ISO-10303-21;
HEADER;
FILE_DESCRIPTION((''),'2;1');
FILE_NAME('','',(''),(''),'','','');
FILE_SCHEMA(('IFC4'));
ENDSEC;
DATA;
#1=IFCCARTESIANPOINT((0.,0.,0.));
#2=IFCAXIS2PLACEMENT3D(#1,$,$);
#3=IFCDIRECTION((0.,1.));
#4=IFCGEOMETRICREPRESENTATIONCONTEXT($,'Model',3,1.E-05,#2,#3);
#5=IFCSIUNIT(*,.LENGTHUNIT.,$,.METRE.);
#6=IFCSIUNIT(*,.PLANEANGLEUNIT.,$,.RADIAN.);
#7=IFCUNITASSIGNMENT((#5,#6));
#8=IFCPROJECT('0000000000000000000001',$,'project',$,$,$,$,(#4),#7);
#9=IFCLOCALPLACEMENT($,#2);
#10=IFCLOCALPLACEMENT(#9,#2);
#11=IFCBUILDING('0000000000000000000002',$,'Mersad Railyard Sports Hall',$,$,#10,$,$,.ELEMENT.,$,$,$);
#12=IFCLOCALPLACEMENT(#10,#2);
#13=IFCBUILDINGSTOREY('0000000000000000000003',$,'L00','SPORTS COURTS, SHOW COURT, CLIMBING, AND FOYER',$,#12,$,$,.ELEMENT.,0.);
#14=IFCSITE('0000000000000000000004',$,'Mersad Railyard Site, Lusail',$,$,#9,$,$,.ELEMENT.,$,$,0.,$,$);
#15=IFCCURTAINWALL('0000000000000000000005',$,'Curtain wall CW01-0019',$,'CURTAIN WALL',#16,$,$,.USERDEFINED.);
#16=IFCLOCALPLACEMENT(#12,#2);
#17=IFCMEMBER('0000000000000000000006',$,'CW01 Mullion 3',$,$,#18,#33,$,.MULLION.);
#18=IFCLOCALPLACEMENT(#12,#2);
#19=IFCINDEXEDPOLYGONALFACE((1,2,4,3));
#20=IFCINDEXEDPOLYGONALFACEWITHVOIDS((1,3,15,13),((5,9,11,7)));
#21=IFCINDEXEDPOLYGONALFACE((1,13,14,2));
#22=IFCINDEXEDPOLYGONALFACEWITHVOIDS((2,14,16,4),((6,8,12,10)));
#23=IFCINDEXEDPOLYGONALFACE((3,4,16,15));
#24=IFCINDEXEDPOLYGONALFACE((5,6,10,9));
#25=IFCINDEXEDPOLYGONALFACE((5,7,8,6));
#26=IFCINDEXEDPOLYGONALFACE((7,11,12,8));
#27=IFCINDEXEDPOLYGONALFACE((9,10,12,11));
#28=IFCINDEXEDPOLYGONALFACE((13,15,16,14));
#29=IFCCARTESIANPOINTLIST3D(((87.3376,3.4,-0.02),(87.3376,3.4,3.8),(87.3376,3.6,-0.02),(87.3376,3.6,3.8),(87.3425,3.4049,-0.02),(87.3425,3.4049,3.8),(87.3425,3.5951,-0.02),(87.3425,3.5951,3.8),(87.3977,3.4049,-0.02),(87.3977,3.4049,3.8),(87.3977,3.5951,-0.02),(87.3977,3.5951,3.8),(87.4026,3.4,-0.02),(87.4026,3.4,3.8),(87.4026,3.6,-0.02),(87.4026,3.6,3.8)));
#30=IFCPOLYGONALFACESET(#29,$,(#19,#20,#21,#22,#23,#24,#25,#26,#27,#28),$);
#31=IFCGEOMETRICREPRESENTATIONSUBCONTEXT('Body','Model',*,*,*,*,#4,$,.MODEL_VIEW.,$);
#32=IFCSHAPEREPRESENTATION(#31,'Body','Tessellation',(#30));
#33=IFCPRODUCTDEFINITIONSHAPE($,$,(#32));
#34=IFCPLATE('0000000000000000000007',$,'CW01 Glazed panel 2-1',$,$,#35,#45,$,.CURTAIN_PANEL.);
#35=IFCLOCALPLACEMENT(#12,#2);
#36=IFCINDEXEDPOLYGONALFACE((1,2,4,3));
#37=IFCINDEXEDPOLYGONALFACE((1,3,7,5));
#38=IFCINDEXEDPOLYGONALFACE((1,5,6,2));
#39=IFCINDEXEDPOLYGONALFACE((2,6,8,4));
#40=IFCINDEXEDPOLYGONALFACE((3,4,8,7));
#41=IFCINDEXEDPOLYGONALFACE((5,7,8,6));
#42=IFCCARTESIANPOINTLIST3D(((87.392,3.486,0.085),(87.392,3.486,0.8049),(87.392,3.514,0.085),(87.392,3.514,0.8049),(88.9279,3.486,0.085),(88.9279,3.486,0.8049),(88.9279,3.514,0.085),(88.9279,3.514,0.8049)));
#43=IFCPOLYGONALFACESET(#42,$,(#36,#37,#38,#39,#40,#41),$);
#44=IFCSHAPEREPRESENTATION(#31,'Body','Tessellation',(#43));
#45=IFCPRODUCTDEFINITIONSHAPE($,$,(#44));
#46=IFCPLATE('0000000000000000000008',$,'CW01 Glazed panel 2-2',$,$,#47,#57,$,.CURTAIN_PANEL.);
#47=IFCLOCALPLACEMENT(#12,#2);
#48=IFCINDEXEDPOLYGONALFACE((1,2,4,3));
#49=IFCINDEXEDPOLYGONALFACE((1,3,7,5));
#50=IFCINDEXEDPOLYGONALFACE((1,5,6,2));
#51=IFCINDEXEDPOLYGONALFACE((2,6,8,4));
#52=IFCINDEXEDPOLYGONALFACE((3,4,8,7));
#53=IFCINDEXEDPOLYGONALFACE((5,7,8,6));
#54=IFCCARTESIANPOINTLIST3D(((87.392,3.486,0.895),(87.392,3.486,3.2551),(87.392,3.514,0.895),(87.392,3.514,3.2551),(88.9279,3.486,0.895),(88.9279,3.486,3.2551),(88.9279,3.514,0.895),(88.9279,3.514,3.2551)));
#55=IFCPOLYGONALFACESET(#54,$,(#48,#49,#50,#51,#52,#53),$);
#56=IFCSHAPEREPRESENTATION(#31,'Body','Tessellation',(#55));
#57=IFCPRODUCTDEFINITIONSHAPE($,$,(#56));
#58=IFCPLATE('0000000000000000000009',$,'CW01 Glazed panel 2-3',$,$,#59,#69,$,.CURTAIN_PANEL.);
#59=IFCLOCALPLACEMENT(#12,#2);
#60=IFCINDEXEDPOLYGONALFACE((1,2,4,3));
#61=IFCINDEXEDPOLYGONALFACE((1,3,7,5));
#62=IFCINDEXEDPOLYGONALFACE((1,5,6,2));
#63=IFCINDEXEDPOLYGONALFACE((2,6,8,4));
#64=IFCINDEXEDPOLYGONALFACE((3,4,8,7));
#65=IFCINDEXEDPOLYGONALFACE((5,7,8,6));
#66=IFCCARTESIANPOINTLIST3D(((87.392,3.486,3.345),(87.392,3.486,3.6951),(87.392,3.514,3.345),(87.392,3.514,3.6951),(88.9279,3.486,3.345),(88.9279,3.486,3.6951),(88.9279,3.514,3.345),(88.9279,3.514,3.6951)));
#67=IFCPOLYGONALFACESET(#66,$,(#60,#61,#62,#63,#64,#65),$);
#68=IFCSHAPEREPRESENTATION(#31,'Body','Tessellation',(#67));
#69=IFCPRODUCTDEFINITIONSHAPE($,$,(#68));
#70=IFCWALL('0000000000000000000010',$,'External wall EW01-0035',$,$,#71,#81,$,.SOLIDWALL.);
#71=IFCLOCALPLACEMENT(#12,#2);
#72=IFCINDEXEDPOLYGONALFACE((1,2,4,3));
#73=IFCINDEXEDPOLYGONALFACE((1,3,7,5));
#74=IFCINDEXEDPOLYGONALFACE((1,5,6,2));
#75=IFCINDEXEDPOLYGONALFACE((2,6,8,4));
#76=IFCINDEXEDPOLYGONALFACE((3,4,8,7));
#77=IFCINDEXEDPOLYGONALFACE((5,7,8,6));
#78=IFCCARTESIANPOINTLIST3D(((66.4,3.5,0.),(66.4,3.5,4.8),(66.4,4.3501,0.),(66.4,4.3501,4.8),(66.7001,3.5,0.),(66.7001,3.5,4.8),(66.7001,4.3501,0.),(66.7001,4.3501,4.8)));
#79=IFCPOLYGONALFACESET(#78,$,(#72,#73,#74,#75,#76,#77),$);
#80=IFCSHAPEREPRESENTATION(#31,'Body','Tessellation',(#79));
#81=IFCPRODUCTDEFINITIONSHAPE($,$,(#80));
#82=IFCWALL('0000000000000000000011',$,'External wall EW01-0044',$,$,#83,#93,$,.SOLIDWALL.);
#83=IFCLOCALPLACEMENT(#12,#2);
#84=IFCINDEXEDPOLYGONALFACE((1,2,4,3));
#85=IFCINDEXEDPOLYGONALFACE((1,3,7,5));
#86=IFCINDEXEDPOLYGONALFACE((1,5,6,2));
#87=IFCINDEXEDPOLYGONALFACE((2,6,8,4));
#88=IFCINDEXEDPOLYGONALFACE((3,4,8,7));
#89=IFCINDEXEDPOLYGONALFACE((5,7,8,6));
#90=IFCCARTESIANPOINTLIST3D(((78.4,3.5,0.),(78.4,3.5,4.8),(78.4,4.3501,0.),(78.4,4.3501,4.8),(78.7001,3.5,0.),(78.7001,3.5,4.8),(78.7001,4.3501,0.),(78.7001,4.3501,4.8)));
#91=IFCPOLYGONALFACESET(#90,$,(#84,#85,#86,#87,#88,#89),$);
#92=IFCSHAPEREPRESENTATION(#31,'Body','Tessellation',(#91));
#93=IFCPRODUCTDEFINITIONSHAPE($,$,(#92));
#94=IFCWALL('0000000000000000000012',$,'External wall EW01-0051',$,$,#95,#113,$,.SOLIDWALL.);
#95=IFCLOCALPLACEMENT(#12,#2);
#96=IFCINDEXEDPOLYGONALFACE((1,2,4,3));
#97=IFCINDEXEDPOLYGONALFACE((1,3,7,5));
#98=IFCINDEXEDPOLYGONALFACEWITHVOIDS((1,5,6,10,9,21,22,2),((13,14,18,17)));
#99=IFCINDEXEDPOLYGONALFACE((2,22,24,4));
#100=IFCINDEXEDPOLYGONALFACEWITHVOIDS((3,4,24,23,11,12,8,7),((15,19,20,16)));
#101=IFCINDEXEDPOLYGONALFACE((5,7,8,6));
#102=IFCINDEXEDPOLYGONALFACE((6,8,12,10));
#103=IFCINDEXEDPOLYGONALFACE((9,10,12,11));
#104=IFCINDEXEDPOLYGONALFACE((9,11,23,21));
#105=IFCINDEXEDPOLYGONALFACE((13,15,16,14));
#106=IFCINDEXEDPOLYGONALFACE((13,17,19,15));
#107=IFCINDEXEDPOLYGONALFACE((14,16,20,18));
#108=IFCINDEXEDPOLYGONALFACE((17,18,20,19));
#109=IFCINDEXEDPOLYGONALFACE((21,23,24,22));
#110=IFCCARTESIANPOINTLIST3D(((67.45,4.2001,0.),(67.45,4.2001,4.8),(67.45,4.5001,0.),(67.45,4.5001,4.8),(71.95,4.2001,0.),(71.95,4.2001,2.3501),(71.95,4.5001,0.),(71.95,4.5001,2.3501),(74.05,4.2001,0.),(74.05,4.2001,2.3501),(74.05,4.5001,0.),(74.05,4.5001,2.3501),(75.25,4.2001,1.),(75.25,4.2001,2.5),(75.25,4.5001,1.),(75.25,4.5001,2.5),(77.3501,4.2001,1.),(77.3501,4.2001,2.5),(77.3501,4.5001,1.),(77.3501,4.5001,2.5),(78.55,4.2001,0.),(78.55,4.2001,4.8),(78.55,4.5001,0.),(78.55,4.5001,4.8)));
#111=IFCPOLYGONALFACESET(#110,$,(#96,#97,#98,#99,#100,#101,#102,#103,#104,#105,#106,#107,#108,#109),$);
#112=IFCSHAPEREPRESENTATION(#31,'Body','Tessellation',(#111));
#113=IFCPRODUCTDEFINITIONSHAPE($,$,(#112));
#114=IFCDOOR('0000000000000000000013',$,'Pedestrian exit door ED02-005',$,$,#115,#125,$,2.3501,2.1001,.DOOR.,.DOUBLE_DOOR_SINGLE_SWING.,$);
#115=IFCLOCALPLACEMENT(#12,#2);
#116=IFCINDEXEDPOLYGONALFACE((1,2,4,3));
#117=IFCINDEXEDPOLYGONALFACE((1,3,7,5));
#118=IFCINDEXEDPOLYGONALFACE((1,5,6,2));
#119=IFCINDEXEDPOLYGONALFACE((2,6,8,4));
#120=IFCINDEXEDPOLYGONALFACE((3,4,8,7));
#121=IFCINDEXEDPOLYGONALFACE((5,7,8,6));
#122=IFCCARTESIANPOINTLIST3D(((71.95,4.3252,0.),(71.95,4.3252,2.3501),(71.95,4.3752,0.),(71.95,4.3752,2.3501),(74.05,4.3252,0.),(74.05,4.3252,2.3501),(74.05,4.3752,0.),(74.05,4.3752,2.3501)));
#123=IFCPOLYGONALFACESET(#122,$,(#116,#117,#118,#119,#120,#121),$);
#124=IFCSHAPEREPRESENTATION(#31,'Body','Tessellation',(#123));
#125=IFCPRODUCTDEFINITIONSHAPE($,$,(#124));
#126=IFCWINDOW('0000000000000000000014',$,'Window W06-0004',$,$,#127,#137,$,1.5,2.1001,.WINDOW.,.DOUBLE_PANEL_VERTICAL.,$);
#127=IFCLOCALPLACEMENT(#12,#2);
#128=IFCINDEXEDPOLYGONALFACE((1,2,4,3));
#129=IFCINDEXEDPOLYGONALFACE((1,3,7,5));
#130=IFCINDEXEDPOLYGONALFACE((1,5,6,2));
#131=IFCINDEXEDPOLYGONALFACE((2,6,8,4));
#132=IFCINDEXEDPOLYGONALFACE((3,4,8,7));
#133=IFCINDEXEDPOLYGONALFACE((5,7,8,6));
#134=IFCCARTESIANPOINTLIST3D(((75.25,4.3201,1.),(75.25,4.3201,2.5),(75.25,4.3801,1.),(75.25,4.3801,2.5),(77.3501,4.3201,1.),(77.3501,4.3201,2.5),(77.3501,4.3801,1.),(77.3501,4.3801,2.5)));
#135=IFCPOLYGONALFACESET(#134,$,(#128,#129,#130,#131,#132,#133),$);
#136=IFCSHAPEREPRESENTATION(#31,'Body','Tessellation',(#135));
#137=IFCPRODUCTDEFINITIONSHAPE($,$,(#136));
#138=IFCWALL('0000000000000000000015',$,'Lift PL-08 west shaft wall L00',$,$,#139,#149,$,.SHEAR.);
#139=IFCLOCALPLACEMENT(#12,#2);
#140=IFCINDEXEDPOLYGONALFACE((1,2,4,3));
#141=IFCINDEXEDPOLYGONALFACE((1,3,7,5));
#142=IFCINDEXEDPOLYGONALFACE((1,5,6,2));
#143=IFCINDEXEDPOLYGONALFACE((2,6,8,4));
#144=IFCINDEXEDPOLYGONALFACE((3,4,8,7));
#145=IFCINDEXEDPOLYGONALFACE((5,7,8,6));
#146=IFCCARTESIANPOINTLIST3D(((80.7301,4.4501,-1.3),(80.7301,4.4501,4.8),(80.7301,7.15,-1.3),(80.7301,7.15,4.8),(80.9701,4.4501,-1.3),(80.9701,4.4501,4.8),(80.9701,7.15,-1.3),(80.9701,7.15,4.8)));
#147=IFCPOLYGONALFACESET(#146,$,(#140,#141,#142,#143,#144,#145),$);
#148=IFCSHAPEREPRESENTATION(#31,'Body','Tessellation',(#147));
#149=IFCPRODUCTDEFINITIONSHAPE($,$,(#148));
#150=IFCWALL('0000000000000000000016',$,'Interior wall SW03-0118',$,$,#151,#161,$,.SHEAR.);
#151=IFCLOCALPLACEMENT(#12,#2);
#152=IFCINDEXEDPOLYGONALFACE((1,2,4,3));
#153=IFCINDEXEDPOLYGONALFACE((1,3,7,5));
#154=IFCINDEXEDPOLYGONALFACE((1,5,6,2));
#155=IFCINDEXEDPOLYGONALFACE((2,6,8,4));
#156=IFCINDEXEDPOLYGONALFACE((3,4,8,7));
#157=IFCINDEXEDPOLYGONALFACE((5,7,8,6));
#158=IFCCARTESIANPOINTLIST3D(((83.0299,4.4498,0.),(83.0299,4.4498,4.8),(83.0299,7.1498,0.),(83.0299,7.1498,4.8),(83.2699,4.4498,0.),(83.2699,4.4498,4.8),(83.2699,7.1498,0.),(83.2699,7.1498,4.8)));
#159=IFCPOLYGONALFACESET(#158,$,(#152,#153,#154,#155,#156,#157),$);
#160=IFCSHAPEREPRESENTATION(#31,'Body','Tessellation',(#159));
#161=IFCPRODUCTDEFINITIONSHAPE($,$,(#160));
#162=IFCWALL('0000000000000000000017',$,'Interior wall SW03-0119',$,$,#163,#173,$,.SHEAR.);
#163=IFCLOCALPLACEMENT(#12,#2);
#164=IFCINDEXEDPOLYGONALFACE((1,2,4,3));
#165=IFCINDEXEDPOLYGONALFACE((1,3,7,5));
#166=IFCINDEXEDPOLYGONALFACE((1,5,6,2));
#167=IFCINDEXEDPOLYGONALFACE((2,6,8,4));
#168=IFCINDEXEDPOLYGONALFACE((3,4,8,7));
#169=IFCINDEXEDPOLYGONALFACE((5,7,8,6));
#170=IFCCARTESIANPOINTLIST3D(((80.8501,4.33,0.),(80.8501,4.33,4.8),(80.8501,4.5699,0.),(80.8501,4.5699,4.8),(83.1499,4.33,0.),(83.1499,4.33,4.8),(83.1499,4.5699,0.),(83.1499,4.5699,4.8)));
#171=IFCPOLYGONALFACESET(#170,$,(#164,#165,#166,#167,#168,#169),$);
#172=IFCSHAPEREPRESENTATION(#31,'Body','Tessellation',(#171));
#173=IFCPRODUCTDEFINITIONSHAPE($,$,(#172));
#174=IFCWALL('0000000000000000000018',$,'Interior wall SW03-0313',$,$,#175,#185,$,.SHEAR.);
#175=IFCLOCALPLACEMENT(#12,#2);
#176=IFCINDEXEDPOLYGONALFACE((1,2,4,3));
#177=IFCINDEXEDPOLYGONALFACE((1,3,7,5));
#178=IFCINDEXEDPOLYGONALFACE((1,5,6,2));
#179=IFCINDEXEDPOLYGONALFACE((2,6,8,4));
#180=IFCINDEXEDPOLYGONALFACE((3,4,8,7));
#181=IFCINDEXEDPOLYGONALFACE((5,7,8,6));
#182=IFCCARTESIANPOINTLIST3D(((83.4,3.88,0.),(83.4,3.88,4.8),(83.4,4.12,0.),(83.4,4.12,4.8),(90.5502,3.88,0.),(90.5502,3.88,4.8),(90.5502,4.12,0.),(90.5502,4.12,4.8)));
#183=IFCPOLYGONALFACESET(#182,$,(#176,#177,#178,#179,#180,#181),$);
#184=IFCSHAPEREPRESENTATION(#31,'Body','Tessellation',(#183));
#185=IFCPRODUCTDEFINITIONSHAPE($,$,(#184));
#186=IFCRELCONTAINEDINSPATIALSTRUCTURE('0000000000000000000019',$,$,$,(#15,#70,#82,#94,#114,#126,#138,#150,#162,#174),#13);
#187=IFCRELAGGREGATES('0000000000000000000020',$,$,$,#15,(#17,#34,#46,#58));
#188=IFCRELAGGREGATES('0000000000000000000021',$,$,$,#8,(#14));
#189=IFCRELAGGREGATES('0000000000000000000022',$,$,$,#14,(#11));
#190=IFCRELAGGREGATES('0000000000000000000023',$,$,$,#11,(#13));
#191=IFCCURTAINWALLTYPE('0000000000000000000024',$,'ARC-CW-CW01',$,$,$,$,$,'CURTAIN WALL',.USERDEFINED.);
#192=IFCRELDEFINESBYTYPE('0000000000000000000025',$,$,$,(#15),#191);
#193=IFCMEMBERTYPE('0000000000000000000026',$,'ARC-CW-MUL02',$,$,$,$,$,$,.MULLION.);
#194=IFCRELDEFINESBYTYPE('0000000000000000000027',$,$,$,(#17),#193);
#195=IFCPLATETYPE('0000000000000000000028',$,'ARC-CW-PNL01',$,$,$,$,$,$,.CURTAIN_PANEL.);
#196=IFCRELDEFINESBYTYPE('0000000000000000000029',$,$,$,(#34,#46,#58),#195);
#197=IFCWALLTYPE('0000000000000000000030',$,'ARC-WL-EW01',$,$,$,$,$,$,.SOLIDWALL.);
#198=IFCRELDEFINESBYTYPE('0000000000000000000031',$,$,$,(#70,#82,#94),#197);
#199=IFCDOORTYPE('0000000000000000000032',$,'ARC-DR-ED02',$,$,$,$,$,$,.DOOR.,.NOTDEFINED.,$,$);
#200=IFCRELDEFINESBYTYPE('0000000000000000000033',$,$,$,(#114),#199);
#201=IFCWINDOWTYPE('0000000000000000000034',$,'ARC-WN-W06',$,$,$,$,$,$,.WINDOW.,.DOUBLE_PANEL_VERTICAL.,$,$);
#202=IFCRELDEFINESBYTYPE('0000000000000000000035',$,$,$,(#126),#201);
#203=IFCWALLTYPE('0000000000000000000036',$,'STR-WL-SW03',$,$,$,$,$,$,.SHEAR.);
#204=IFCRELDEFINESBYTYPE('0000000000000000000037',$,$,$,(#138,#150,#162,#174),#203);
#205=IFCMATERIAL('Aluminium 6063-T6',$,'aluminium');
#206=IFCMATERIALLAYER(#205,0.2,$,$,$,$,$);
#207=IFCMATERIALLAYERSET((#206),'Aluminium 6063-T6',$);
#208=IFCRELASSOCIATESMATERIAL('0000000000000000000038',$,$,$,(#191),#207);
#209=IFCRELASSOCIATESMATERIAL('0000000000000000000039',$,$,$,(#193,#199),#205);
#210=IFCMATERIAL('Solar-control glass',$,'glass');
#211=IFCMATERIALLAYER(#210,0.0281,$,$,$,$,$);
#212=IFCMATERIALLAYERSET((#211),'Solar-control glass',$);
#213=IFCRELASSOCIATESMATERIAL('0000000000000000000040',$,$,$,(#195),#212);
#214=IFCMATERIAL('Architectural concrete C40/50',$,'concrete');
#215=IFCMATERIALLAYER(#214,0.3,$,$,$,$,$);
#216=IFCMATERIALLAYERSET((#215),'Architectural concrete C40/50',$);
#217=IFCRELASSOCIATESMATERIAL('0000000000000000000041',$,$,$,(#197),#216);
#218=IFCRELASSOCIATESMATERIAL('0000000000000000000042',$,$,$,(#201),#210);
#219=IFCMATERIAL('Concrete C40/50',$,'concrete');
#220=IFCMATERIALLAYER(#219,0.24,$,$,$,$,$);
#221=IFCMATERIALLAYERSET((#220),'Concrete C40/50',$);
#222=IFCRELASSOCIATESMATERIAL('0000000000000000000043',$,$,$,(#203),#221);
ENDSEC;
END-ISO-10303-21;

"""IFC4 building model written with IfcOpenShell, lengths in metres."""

from ifc_helpers import new_model, si_unit, direction, frame, frame_2d, origin, origin_2d, place, context, subcontext, project, spatial, rectangle, hollow_rectangle, extrude, material, layer, layer_set, material_profile, profile_set, type_object, element, fill, aggregate, save


model = new_model("IFC4")

# Units and contexts
model_context = context("Model", 3, precision=1e-05, world=origin(), true_north=direction((0.0, 1.0)))
body_context = subcontext(model_context, "Body", "Model", "MODEL_VIEW")
ifc_project = project(units=[si_unit("LENGTHUNIT", "METRE"), si_unit("PLANEANGLEUNIT", "RADIAN")], contexts=[model_context])

# Site, building, storey
site_placement = place(None, origin())
site = spatial("IfcSite", under=ifc_project, at=site_placement, Name="Mersad Railyard Site, Lusail", CompositionType="ELEMENT", RefElevation=0.0)
building_placement = place(site_placement, origin())
building = spatial("IfcBuilding", under=site, at=building_placement, Name="Mersad Railyard Sports Hall", CompositionType="ELEMENT")
storey_placement = place(building_placement, origin())
storey = spatial("IfcBuildingStorey", under=building, at=storey_placement, Name="L00", Description="SPORTS COURTS, SHOW COURT, CLIMBING, AND FOYER", CompositionType="ELEMENT", Elevation=0.0)

# Curtain wall, member, plates
ifc_material_1 = material(Name="Aluminium 6063-T6", Category="aluminium")
ifc_layer_1 = layer(ifc_material_1, 0.2)
ifc_layer_set_1 = layer_set([ifc_layer_1], Name="Aluminium 6063-T6")
curtain_wall_type = type_object("IfcCurtainWallType", Name="ARC-CW-CW01", ElementType="CURTAIN WALL", PredefinedType="USERDEFINED", material=ifc_layer_set_1)
curtain_wall_placement = place(storey_placement, origin())
curtain_wall = element("IfcCurtainWall", 1, at=curtain_wall_placement, inside=storey, type_object=curtain_wall_type, Name="Curtain wall CW01-0019", ObjectType="CURTAIN WALL", PredefinedType="USERDEFINED")
ifc_material_profile = material_profile(ifc_material_1, hollow_rectangle(XDim=0.0649, YDim=0.2, WallThickness=0.0049, at=origin_2d()), Name="AL MULLION 65x200x5")
ifc_profile_set = profile_set([ifc_material_profile], Name="Aluminium 6063-T6")
member_type = type_object("IfcMemberType", Name="ARC-CW-MUL02", PredefinedType="MULLION", material=ifc_profile_set)
member_placement = place(storey_placement, frame((87.3701, 3.5, -0.02), z_axis=(0.0, 0.0, 1.0), x_axis=(1.0, 0.0, 0.0)))
member = element("IfcMember", 2, at=member_placement, type_object=member_type, Name="CW01 Mullion 3", PredefinedType="MULLION", context=body_context, shape_type="SweptSolid", body=[
    extrude(hollow_rectangle(XDim=0.0649, YDim=0.2, WallThickness=0.0049, at=origin_2d()), origin(), (0.0, 0.0, 1.0), 3.8201),
])
ifc_material_2 = material(Name="Solar-control glass", Category="glass")
ifc_layer_2 = layer(ifc_material_2, 0.0281)
ifc_layer_set_2 = layer_set([ifc_layer_2], Name="Solar-control glass")
plate_type = type_object("IfcPlateType", Name="ARC-CW-PNL01", PredefinedType="CURTAIN_PANEL", material=ifc_layer_set_2)
plate_1_placement = place(storey_placement, frame((88.1599, 3.5, 0.085), z_axis=(0.0, 0.0, 1.0), x_axis=(-1.0, 0.0, 0.0)))
plate_1 = element("IfcPlate", 3, at=plate_1_placement, type_object=plate_type, Name="CW01 Glazed panel 2-1", PredefinedType="CURTAIN_PANEL", context=body_context, shape_type="SweptSolid", body=[
    extrude(rectangle(XDim=1.5359, YDim=0.0281, at=origin_2d()), origin(), (0.0, 0.0, 1.0), 0.72),
])
plate_2_placement = place(storey_placement, frame((88.1599, 3.5, 0.895), z_axis=(0.0, 0.0, 1.0), x_axis=(-1.0, 0.0, 0.0)))
plate_2 = element("IfcPlate", 4, at=plate_2_placement, type_object=plate_type, Name="CW01 Glazed panel 2-2", PredefinedType="CURTAIN_PANEL", context=body_context, shape_type="SweptSolid", body=[
    extrude(rectangle(XDim=1.5359, YDim=0.0281, at=origin_2d()), origin(), (0.0, 0.0, 1.0), 2.3601),
])
plate_3_placement = place(storey_placement, frame((88.1599, 3.5, 3.345), z_axis=(0.0, 0.0, 1.0), x_axis=(-1.0, 0.0, 0.0)))
plate_3 = element("IfcPlate", 5, at=plate_3_placement, type_object=plate_type, Name="CW01 Glazed panel 2-3", PredefinedType="CURTAIN_PANEL", context=body_context, shape_type="SweptSolid", body=[
    extrude(rectangle(XDim=1.5359, YDim=0.0281, at=origin_2d()), origin(), (0.0, 0.0, 1.0), 0.3501),
])
aggregate(curtain_wall, [member, plate_1, plate_2, plate_3])

# Walls
ifc_material_3 = material(Name="Architectural concrete C40/50", Category="concrete")
ifc_layer_3 = layer(ifc_material_3, 0.3)
ifc_layer_set_3 = layer_set([ifc_layer_3], Name="Architectural concrete C40/50")
wall_type_1 = type_object("IfcWallType", Name="ARC-WL-EW01", PredefinedType="SOLIDWALL", material=ifc_layer_set_3)
for number, where, z_axis, x_axis, name in (
    (6, (66.55, 4.3501, 0.0), (0.0, 0.0, 1.0), (0.0, -1.0, 0.0), "External wall EW01-0035"),
    (7, (78.55, 4.3501, 0.0), (0.0, 0.0, 1.0), (0.0, -1.0, 0.0), "External wall EW01-0044"),
):
    element("IfcWall", number, at=place(storey_placement, frame(where, z_axis=z_axis, x_axis=x_axis)), inside=storey, type_object=wall_type_1, Name=name, PredefinedType="SOLIDWALL", context=body_context, shape_type="SweptSolid", body=[
        extrude(rectangle(XDim=0.8501, YDim=0.3, at=frame_2d((0.425, 0.0))), origin(), (0.0, 0.0, 1.0), 4.8),
    ])

# Wall, openings, door, window
wall_1_placement = place(storey_placement, frame((78.55, 4.3501, 0.0), z_axis=(0.0, 0.0, 1.0), x_axis=(-1.0, 0.0, 0.0)))
wall_1 = element("IfcWall", 8, at=wall_1_placement, inside=storey, type_object=wall_type_1, Name="External wall EW01-0051", PredefinedType="SOLIDWALL", context=body_context, shape_type="SweptSolid", body=[
    extrude(rectangle(XDim=11.1001, YDim=0.3, at=frame_2d((5.55, 0.0))), origin(), (0.0, 0.0, 1.0), 4.8),
])
opening_1_placement = place(wall_1_placement, frame((4.5, 0.0, 0.0)))
opening_1 = element("IfcOpeningElement", 9, at=opening_1_placement, cuts=wall_1, PredefinedType="OPENING", context=body_context, shape_type="SweptSolid", body=[
    extrude(rectangle(XDim=2.1001, YDim=2.3501, at=frame_2d((1.05, 1.175))), frame((0.0, 0.1599, 0.0), z_axis=(0.0, -1.0, 0.0), x_axis=(1.0, 0.0, 0.0)), (0.0, 0.0, 1.0), 0.3201),
])
opening_2_placement = place(wall_1_placement, frame((1.2, 0.0, 1.0)))
opening_2 = element("IfcOpeningElement", 10, at=opening_2_placement, cuts=wall_1, PredefinedType="OPENING", context=body_context, shape_type="SweptSolid", body=[
    extrude(rectangle(XDim=2.1001, YDim=1.5, at=frame_2d((1.05, 0.75))), frame((0.0, 0.1599, 0.0), z_axis=(0.0, -1.0, 0.0), x_axis=(1.0, 0.0, 0.0)), (0.0, 0.0, 1.0), 0.3201),
])
door_type_1 = type_object("IfcDoorType", Name="ARC-DR-ED02", OperationType="NOTDEFINED", PredefinedType="DOOR", material=ifc_material_1)
door_1_placement = place(opening_1_placement, origin())
door_1 = element("IfcDoor", 11, at=door_1_placement, inside=storey, type_object=door_type_1, Name="Pedestrian exit door ED02-005", OperationType="DOUBLE_DOOR_SINGLE_SWING", OverallHeight=2.3501, OverallWidth=2.1001, PredefinedType="DOOR", context=body_context, shape_type="SweptSolid", body=[
    extrude(rectangle(XDim=2.1001, YDim=2.3501, at=frame_2d((1.05, 1.175))), frame((0.0, 0.0249, 0.0), z_axis=(0.0, -1.0, 0.0), x_axis=(1.0, 0.0, 0.0)), (0.0, 0.0, 1.0), 0.05),
])
fill(opening_1, door_1)
window_type = type_object("IfcWindowType", Name="ARC-WN-W06", PartitioningType="DOUBLE_PANEL_VERTICAL", PredefinedType="WINDOW", material=ifc_material_2)
window_placement = place(opening_2_placement, origin())
window = element("IfcWindow", 12, at=window_placement, inside=storey, type_object=window_type, Name="Window W06-0004", OverallHeight=1.5, OverallWidth=2.1001, PartitioningType="DOUBLE_PANEL_VERTICAL", PredefinedType="WINDOW", context=body_context, shape_type="SweptSolid", body=[
    extrude(rectangle(XDim=2.1001, YDim=1.5, at=frame_2d((1.05, 0.75))), frame((0.0, 0.03, 0.0), z_axis=(0.0, -1.0, 0.0), x_axis=(1.0, 0.0, 0.0)), (0.0, 0.0, 1.0), 0.0601),
])
fill(opening_2, window)

# Walls
ifc_material_4 = material(Name="Concrete C40/50", Category="concrete")
ifc_layer_4 = layer(ifc_material_4, 0.24)
ifc_layer_set_4 = layer_set([ifc_layer_4], Name="Concrete C40/50")
wall_type_2 = type_object("IfcWallType", Name="STR-WL-SW03", PredefinedType="SHEAR", material=ifc_layer_set_4)
wall_2_placement = place(storey_placement, frame((80.8501, 4.45, -1.3), z_axis=(0.0, 0.0, 1.0), x_axis=(0.0, 1.0, 0.0)))
element("IfcWall", 13, at=wall_2_placement, inside=storey, type_object=wall_type_2, Name="Lift PL-08 west shaft wall L00", PredefinedType="SHEAR", context=body_context, shape_type="SweptSolid", body=[
    extrude(rectangle(XDim=2.7, YDim=0.24, at=frame_2d((1.3501, 0.0))), origin(), (0.0, 0.0, 1.0), 6.1001),
])
wall_3_placement = place(storey_placement, frame((83.1499, 7.1499, 0.0), z_axis=(0.0, 0.0, 1.0), x_axis=(0.0, -1.0, 0.0)))
element("IfcWall", 14, at=wall_3_placement, inside=storey, type_object=wall_type_2, Name="Interior wall SW03-0118", PredefinedType="SHEAR", context=body_context, shape_type="SweptSolid", body=[
    extrude(rectangle(XDim=2.7, YDim=0.24, at=frame_2d((1.3501, 0.0))), origin(), (0.0, 0.0, 1.0), 4.8),
])
wall_4_placement = place(storey_placement, frame((83.1499, 4.45, 0.0), z_axis=(0.0, 0.0, 1.0), x_axis=(-1.0, 0.0, 0.0)))
element("IfcWall", 15, at=wall_4_placement, inside=storey, type_object=wall_type_2, Name="Interior wall SW03-0119", PredefinedType="SHEAR", context=body_context, shape_type="SweptSolid", body=[
    extrude(rectangle(XDim=2.2998, YDim=0.24, at=frame_2d((1.1499, 0.0))), origin(), (0.0, 0.0, 1.0), 4.8),
])

# Wall
wall_5_placement = place(storey_placement, frame((83.3999, 4.0, 0.0), z_axis=(0.0, 0.0, 1.0), x_axis=(1.0, 0.0, 0.0)))
element("IfcWall", 16, at=wall_5_placement, inside=storey, type_object=wall_type_2, Name="Interior wall SW03-0313", PredefinedType="SHEAR", context=body_context, shape_type="SweptSolid", body=[
    extrude(rectangle(XDim=7.1501, YDim=0.24, at=frame_2d((3.5752, 0.0))), origin(), (0.0, 0.0, 1.0), 4.8),
])

save(model, "model.ifc")
